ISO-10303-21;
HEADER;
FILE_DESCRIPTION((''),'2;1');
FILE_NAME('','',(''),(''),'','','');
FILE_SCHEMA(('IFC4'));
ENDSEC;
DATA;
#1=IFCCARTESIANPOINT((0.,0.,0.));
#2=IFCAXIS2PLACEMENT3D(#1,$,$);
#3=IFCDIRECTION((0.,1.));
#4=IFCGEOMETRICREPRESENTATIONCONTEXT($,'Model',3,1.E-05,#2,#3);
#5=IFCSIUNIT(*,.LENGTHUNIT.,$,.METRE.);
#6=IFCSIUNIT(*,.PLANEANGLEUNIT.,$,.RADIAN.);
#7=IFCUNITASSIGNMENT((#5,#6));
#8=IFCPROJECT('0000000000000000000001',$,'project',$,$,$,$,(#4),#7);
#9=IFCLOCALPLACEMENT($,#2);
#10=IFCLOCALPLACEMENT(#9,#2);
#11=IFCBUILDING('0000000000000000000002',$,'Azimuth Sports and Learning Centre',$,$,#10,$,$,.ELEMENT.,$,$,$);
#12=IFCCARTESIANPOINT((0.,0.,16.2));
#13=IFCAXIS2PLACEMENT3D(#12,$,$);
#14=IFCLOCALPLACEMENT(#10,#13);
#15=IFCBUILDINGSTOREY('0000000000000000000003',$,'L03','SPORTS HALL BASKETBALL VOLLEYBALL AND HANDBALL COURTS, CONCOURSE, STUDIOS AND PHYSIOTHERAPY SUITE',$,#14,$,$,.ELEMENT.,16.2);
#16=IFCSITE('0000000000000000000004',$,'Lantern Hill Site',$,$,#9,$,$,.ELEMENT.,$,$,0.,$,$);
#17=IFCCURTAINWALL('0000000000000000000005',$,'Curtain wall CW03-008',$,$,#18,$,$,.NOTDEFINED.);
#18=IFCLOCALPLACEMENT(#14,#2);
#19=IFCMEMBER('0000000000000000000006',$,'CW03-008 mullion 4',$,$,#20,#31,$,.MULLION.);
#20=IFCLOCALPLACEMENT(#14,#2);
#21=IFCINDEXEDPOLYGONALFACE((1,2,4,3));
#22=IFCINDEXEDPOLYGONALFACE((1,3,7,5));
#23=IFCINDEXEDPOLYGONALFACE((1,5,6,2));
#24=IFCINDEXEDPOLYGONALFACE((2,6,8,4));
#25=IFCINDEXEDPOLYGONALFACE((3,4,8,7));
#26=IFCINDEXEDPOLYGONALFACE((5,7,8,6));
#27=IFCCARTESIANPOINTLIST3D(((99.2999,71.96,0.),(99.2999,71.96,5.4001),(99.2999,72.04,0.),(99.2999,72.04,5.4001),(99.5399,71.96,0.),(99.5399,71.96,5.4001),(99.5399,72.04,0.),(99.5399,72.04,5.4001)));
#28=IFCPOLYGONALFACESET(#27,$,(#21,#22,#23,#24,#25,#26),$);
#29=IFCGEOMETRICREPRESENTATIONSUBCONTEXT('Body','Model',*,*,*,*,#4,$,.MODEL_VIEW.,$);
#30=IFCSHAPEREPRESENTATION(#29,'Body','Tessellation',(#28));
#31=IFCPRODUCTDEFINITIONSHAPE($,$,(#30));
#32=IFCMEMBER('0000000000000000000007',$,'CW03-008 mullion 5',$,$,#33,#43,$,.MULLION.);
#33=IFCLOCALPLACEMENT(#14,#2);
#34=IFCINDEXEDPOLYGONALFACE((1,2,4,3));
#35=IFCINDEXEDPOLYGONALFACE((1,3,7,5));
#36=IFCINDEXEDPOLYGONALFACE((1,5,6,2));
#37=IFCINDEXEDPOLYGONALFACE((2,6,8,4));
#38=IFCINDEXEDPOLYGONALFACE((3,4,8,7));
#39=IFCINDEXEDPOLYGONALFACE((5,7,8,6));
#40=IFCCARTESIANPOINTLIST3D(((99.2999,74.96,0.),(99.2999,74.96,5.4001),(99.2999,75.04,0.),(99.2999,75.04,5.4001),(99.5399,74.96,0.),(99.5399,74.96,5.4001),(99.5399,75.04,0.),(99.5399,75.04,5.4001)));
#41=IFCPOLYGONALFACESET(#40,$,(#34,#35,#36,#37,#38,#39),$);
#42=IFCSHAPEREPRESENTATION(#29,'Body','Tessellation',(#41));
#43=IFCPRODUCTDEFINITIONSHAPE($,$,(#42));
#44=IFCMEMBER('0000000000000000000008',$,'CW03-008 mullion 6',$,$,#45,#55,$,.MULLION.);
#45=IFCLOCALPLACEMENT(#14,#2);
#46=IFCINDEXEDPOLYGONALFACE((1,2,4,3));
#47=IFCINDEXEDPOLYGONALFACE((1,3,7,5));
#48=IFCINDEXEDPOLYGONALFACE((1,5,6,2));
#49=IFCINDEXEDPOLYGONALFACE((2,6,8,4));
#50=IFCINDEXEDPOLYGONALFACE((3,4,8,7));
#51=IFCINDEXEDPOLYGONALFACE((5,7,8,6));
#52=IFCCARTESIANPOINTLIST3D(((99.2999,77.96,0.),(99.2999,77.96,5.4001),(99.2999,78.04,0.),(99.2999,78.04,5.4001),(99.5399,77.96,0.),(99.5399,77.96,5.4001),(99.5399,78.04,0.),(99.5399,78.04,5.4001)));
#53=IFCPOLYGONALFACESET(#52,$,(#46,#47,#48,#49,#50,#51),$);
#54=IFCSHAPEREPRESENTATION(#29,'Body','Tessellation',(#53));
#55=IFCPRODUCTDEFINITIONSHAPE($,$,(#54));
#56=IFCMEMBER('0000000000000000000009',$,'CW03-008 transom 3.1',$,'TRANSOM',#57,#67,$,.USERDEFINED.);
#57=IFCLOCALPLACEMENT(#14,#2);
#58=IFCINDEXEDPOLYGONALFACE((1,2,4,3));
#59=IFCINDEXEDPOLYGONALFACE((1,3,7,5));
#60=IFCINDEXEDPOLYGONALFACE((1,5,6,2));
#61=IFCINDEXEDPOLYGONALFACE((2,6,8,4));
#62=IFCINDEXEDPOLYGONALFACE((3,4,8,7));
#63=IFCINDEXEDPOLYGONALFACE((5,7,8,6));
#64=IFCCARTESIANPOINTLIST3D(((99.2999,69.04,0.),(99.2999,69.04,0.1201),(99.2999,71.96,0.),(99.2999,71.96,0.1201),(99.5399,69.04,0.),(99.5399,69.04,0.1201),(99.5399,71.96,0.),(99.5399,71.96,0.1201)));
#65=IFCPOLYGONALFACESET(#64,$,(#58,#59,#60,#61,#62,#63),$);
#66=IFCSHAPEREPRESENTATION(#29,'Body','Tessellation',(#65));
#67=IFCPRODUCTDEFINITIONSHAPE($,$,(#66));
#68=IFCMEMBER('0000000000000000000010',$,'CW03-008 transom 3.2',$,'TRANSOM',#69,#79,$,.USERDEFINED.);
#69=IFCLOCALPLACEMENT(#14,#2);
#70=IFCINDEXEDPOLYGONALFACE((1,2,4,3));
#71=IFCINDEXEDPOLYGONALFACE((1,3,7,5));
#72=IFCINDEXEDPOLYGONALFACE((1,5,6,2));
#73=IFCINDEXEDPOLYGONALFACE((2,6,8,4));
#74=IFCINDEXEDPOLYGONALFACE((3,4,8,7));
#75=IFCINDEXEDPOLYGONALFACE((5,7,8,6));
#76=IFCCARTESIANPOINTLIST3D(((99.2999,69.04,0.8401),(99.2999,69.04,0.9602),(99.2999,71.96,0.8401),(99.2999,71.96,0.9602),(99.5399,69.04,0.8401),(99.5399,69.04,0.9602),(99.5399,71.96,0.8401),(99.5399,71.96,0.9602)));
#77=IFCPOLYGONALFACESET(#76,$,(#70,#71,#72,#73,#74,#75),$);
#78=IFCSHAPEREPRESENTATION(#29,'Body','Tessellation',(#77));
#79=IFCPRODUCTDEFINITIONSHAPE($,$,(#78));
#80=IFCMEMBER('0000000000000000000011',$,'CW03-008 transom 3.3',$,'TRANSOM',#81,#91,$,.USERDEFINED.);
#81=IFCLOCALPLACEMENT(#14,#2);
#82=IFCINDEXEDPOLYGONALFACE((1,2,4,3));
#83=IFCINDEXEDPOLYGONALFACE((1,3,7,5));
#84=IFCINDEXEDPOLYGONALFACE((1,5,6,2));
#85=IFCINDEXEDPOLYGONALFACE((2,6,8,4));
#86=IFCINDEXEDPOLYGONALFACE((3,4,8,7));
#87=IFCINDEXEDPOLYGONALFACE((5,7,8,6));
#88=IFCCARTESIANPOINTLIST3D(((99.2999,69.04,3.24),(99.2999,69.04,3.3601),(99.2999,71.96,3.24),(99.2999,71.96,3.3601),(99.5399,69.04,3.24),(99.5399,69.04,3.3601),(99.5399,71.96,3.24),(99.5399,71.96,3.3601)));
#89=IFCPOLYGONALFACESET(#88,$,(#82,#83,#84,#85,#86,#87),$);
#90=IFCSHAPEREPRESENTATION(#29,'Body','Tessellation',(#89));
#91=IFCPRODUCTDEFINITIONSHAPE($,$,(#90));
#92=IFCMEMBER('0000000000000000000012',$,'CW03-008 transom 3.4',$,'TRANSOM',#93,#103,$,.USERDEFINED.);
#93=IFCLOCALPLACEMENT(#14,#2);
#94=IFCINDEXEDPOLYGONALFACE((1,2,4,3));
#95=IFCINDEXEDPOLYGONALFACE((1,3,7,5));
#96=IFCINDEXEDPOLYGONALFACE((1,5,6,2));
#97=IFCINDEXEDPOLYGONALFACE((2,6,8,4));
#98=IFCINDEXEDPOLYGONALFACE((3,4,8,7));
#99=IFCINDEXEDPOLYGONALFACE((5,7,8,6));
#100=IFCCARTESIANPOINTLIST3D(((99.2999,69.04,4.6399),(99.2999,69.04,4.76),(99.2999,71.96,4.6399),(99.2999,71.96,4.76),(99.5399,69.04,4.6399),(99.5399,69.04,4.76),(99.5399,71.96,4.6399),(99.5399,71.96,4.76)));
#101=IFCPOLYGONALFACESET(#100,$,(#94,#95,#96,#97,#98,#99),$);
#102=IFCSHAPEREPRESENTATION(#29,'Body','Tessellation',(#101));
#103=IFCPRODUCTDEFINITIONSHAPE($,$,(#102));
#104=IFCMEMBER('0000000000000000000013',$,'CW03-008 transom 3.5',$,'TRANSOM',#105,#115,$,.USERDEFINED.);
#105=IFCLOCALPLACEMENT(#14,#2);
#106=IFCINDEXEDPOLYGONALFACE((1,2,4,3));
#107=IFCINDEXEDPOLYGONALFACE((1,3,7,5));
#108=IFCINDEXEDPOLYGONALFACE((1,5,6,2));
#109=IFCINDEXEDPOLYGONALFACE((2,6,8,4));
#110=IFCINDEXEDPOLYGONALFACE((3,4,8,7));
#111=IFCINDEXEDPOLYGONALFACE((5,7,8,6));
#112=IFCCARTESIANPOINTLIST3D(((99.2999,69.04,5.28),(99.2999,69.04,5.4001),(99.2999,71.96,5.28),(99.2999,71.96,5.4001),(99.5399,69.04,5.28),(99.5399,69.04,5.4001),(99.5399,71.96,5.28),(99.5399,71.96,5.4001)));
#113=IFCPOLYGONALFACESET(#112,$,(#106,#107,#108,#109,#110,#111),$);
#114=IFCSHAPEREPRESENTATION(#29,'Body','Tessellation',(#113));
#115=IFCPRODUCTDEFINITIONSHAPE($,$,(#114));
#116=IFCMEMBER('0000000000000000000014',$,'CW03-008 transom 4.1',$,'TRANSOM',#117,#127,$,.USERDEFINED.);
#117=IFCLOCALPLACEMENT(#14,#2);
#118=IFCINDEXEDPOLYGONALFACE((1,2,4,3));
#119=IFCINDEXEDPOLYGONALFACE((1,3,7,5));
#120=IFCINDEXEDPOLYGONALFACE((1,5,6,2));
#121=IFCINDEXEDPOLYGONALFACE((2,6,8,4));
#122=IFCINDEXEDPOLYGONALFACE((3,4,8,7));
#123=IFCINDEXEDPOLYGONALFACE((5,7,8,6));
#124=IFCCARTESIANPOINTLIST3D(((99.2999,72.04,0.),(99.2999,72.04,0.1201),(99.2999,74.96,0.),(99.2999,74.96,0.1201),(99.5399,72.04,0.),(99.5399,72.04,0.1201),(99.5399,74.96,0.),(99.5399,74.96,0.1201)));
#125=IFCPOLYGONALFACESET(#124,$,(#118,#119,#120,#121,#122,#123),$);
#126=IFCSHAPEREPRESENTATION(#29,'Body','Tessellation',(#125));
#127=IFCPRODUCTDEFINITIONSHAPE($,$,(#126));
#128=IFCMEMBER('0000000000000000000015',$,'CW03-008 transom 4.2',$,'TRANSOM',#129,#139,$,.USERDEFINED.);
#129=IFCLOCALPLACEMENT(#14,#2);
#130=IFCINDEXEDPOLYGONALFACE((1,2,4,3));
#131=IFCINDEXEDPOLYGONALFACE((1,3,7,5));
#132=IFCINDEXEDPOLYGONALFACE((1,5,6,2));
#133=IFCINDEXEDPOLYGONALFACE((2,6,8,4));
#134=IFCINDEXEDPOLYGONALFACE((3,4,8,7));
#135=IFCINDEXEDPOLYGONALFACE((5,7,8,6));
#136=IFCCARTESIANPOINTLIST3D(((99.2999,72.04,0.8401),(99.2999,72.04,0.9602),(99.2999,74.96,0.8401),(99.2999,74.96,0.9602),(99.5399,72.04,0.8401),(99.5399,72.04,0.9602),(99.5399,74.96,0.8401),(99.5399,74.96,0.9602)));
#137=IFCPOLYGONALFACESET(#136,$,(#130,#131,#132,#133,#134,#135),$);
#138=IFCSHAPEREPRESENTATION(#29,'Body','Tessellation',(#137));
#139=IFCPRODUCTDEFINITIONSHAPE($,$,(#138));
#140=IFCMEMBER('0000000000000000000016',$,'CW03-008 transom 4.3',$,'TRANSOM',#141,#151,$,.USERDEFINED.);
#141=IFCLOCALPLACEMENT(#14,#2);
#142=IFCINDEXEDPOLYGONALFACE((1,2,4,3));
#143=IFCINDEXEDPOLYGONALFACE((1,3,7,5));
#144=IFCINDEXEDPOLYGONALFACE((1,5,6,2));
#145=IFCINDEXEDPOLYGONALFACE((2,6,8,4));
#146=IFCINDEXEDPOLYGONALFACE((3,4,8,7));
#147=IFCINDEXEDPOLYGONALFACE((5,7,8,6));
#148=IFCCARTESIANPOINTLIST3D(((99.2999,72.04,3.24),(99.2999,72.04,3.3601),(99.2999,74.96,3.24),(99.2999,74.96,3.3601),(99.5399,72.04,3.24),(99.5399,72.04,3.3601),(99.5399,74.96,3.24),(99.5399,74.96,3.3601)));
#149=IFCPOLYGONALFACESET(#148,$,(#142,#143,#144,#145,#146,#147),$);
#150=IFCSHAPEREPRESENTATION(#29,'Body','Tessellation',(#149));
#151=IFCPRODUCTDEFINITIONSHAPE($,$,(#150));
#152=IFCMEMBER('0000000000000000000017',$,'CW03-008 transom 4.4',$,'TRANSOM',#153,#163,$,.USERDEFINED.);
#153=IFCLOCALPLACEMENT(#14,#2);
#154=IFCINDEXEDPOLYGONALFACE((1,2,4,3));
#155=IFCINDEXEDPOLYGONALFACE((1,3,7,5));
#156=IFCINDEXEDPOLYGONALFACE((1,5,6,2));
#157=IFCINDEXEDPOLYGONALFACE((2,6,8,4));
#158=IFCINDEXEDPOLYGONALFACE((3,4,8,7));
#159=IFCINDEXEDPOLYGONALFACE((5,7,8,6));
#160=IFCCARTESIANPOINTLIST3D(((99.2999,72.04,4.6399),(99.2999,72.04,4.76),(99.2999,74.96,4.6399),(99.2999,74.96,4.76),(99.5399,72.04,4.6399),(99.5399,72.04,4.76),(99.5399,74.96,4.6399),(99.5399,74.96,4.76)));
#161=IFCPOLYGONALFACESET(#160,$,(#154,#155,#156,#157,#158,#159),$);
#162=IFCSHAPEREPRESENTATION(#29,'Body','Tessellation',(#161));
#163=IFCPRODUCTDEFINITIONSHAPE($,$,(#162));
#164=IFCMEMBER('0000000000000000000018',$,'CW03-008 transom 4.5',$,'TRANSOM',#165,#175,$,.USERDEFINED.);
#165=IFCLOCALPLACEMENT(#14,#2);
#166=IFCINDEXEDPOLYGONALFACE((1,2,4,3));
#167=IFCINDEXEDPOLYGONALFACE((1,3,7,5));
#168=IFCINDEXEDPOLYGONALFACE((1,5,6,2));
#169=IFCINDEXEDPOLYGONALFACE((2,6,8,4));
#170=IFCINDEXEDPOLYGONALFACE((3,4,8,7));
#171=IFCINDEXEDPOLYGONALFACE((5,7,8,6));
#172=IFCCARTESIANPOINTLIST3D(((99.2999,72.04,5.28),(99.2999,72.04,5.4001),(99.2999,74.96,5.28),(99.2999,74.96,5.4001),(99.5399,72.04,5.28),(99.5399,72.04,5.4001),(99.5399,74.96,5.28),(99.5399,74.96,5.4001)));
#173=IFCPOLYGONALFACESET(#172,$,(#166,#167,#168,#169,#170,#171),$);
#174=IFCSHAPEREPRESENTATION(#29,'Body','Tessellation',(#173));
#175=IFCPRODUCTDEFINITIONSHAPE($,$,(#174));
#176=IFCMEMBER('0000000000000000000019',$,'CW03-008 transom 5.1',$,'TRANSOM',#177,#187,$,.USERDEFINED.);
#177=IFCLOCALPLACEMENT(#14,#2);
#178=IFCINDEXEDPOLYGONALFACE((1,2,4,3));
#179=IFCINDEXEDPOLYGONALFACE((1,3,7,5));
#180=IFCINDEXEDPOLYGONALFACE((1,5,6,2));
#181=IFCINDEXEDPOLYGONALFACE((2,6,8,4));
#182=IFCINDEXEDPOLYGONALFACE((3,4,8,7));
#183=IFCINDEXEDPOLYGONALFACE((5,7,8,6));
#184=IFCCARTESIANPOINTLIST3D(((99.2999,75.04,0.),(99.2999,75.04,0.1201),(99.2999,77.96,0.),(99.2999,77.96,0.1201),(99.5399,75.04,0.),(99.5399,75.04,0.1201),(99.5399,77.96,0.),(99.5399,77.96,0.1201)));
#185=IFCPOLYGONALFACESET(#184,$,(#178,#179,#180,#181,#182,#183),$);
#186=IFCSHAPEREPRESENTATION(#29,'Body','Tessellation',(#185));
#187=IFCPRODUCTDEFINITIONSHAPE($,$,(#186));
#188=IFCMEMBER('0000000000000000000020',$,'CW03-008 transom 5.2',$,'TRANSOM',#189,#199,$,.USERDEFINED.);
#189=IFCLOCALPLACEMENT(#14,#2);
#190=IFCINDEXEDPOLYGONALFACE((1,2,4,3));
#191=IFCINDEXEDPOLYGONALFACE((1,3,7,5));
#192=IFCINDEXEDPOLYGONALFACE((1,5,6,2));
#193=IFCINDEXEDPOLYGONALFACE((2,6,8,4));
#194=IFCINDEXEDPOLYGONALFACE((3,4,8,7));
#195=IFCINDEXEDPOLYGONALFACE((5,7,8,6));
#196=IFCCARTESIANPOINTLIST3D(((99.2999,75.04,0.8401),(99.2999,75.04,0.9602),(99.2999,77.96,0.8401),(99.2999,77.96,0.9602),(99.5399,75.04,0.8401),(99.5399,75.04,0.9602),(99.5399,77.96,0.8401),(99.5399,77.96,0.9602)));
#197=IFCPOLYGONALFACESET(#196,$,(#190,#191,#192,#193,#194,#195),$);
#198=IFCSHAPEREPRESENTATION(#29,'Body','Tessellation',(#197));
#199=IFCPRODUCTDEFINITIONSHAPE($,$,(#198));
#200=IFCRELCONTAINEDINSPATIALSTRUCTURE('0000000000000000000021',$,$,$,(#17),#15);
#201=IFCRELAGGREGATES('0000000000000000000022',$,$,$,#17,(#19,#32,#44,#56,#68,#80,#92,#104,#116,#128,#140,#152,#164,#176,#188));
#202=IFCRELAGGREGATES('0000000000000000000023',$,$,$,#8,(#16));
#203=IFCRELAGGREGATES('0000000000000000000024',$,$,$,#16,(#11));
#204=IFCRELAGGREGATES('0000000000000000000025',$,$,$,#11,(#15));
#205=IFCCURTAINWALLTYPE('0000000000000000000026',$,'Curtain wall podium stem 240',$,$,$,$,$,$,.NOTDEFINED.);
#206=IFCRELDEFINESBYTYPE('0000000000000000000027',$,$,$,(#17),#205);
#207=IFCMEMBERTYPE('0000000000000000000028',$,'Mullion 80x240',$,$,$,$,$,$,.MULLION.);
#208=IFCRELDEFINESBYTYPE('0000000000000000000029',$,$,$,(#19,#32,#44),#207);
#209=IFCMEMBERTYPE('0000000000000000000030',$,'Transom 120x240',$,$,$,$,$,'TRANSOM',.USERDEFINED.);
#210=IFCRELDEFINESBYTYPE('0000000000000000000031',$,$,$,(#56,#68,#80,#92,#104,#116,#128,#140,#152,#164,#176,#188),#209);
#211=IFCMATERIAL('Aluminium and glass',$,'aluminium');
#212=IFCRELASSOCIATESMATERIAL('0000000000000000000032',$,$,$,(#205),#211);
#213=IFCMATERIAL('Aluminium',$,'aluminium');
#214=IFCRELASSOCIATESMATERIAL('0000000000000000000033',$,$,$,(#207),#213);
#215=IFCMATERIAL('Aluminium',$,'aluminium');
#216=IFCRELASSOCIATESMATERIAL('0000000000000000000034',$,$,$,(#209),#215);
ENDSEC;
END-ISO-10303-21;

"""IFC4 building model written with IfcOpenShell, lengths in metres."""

from ifc_helpers import new_model, si_unit, direction, frame, origin, origin_2d, place, context, subcontext, project, spatial, rectangle, extrude, material, material_profile, profile_set, type_object, element, aggregate, save


model = new_model("IFC4")

# Units and contexts
model_context = context("Model", 3, precision=1e-05, world=origin(), true_north=direction((0.0, 1.0)))
body_context = subcontext(model_context, "Body", "Model", "MODEL_VIEW")
ifc_project = project(units=[si_unit("LENGTHUNIT", "METRE"), si_unit("PLANEANGLEUNIT", "RADIAN")], contexts=[model_context])

# Site, building, storey
site_placement = place(None, origin())
site = spatial("IfcSite", under=ifc_project, at=site_placement, Name="Lantern Hill Site", CompositionType="ELEMENT", RefElevation=0.0)
building_placement = place(site_placement, origin())
building = spatial("IfcBuilding", under=site, at=building_placement, Name="Azimuth Sports and Learning Centre", CompositionType="ELEMENT")
storey_placement = place(building_placement, frame((0.0, 0.0, 16.2)))
storey = spatial("IfcBuildingStorey", under=building, at=storey_placement, Name="L03", Description="SPORTS HALL BASKETBALL VOLLEYBALL AND HANDBALL COURTS, CONCOURSE, STUDIOS AND PHYSIOTHERAPY SUITE", CompositionType="ELEMENT", Elevation=16.2)

# Curtain wall, members
ifc_material_1 = material(Name="Aluminium and glass", Category="aluminium")
curtain_wall_type = type_object("IfcCurtainWallType", Name="Curtain wall podium stem 240", PredefinedType="NOTDEFINED", material=ifc_material_1)
curtain_wall_placement = place(storey_placement, origin())
curtain_wall = element("IfcCurtainWall", 1, at=curtain_wall_placement, inside=storey, type_object=curtain_wall_type, Name="Curtain wall CW03-008", PredefinedType="NOTDEFINED")
ifc_material_2 = material(Name="Aluminium", Category="aluminium")
ifc_material_profile_1 = material_profile(ifc_material_2, rectangle(XDim=0.24, YDim=0.0801, at=origin_2d()), Name="Mullion 80x240")
ifc_profile_set_1 = profile_set([ifc_material_profile_1], Name="Aluminium")
member_type_1 = type_object("IfcMemberType", Name="Mullion 80x240", PredefinedType="MULLION", material=ifc_profile_set_1)
member_1_placement = place(storey_placement, frame((99.4199, 72.0, 0.0), z_axis=(0.0, 0.0, 1.0), x_axis=(-1.0, 0.0, 0.0)))
member_1 = element("IfcMember", 2, at=member_1_placement, type_object=member_type_1, Name="CW03-008 mullion 4", PredefinedType="MULLION", context=body_context, shape_type="SweptSolid", body=[
    extrude(rectangle(XDim=0.24, YDim=0.0801, at=origin_2d()), origin(), (0.0, 0.0, 1.0), 5.4001),
])
member_2_placement = place(storey_placement, frame((99.4199, 75.0, 0.0), z_axis=(0.0, 0.0, 1.0), x_axis=(-1.0, 0.0, 0.0)))
member_2 = element("IfcMember", 3, at=member_2_placement, type_object=member_type_1, Name="CW03-008 mullion 5", PredefinedType="MULLION", context=body_context, shape_type="SweptSolid", body=[
    extrude(rectangle(XDim=0.24, YDim=0.0801, at=origin_2d()), origin(), (0.0, 0.0, 1.0), 5.4001),
])
member_3_placement = place(storey_placement, frame((99.4199, 78.0, 0.0), z_axis=(0.0, 0.0, 1.0), x_axis=(-1.0, 0.0, 0.0)))
member_3 = element("IfcMember", 4, at=member_3_placement, type_object=member_type_1, Name="CW03-008 mullion 6", PredefinedType="MULLION", context=body_context, shape_type="SweptSolid", body=[
    extrude(rectangle(XDim=0.24, YDim=0.0801, at=origin_2d()), origin(), (0.0, 0.0, 1.0), 5.4001),
])
ifc_material_3 = material(Name="Aluminium", Category="aluminium")
ifc_material_profile_2 = material_profile(ifc_material_3, rectangle(XDim=0.24, YDim=0.1201, at=origin_2d()), Name="Transom 120x240")
ifc_profile_set_2 = profile_set([ifc_material_profile_2], Name="Aluminium")
member_type_2 = type_object("IfcMemberType", Name="Transom 120x240", ElementType="TRANSOM", PredefinedType="USERDEFINED", material=ifc_profile_set_2)
member_4_placement = place(storey_placement, frame((99.4199, 69.04, 0.0601), z_axis=(0.0, 1.0, 0.0), x_axis=(-1.0, 0.0, 0.0)))
member_4 = element("IfcMember", 5, at=member_4_placement, type_object=member_type_2, Name="CW03-008 transom 3.1", ObjectType="TRANSOM", PredefinedType="USERDEFINED", context=body_context, shape_type="SweptSolid", body=[
    extrude(rectangle(XDim=0.24, YDim=0.1201, at=origin_2d()), origin(), (0.0, 0.0, 1.0), 2.9199),
])
member_5_placement = place(storey_placement, frame((99.4199, 69.04, 0.9001), z_axis=(0.0, 1.0, 0.0), x_axis=(-1.0, 0.0, 0.0)))
member_5 = element("IfcMember", 6, at=member_5_placement, type_object=member_type_2, Name="CW03-008 transom 3.2", ObjectType="TRANSOM", PredefinedType="USERDEFINED", context=body_context, shape_type="SweptSolid", body=[
    extrude(rectangle(XDim=0.24, YDim=0.1201, at=origin_2d()), origin(), (0.0, 0.0, 1.0), 2.9199),
])
member_6_placement = place(storey_placement, frame((99.4199, 69.04, 3.3), z_axis=(0.0, 1.0, 0.0), x_axis=(-1.0, 0.0, 0.0)))
member_6 = element("IfcMember", 7, at=member_6_placement, type_object=member_type_2, Name="CW03-008 transom 3.3", ObjectType="TRANSOM", PredefinedType="USERDEFINED", context=body_context, shape_type="SweptSolid", body=[
    extrude(rectangle(XDim=0.24, YDim=0.1201, at=origin_2d()), origin(), (0.0, 0.0, 1.0), 2.9199),
])
member_7_placement = place(storey_placement, frame((99.4199, 69.04, 4.7), z_axis=(0.0, 1.0, 0.0), x_axis=(-1.0, 0.0, 0.0)))
member_7 = element("IfcMember", 8, at=member_7_placement, type_object=member_type_2, Name="CW03-008 transom 3.4", ObjectType="TRANSOM", PredefinedType="USERDEFINED", context=body_context, shape_type="SweptSolid", body=[
    extrude(rectangle(XDim=0.24, YDim=0.1201, at=origin_2d()), origin(), (0.0, 0.0, 1.0), 2.9199),
])
member_8_placement = place(storey_placement, frame((99.4199, 69.04, 5.3401), z_axis=(0.0, 1.0, 0.0), x_axis=(-1.0, 0.0, 0.0)))
member_8 = element("IfcMember", 9, at=member_8_placement, type_object=member_type_2, Name="CW03-008 transom 3.5", ObjectType="TRANSOM", PredefinedType="USERDEFINED", context=body_context, shape_type="SweptSolid", body=[
    extrude(rectangle(XDim=0.24, YDim=0.1201, at=origin_2d()), origin(), (0.0, 0.0, 1.0), 2.9199),
])
member_9_placement = place(storey_placement, frame((99.4199, 72.04, 0.0601), z_axis=(0.0, 1.0, 0.0), x_axis=(-1.0, 0.0, 0.0)))
member_9 = element("IfcMember", 10, at=member_9_placement, type_object=member_type_2, Name="CW03-008 transom 4.1", ObjectType="TRANSOM", PredefinedType="USERDEFINED", context=body_context, shape_type="SweptSolid", body=[
    extrude(rectangle(XDim=0.24, YDim=0.1201, at=origin_2d()), origin(), (0.0, 0.0, 1.0), 2.9199),
])
member_10_placement = place(storey_placement, frame((99.4199, 72.04, 0.9001), z_axis=(0.0, 1.0, 0.0), x_axis=(-1.0, 0.0, 0.0)))
member_10 = element("IfcMember", 11, at=member_10_placement, type_object=member_type_2, Name="CW03-008 transom 4.2", ObjectType="TRANSOM", PredefinedType="USERDEFINED", context=body_context, shape_type="SweptSolid", body=[
    extrude(rectangle(XDim=0.24, YDim=0.1201, at=origin_2d()), origin(), (0.0, 0.0, 1.0), 2.9199),
])
member_11_placement = place(storey_placement, frame((99.4199, 72.04, 3.3), z_axis=(0.0, 1.0, 0.0), x_axis=(-1.0, 0.0, 0.0)))
member_11 = element("IfcMember", 12, at=member_11_placement, type_object=member_type_2, Name="CW03-008 transom 4.3", ObjectType="TRANSOM", PredefinedType="USERDEFINED", context=body_context, shape_type="SweptSolid", body=[
    extrude(rectangle(XDim=0.24, YDim=0.1201, at=origin_2d()), origin(), (0.0, 0.0, 1.0), 2.9199),
])
member_12_placement = place(storey_placement, frame((99.4199, 72.04, 4.7), z_axis=(0.0, 1.0, 0.0), x_axis=(-1.0, 0.0, 0.0)))
member_12 = element("IfcMember", 13, at=member_12_placement, type_object=member_type_2, Name="CW03-008 transom 4.4", ObjectType="TRANSOM", PredefinedType="USERDEFINED", context=body_context, shape_type="SweptSolid", body=[
    extrude(rectangle(XDim=0.24, YDim=0.1201, at=origin_2d()), origin(), (0.0, 0.0, 1.0), 2.9199),
])
member_13_placement = place(storey_placement, frame((99.4199, 72.04, 5.3401), z_axis=(0.0, 1.0, 0.0), x_axis=(-1.0, 0.0, 0.0)))
member_13 = element("IfcMember", 14, at=member_13_placement, type_object=member_type_2, Name="CW03-008 transom 4.5", ObjectType="TRANSOM", PredefinedType="USERDEFINED", context=body_context, shape_type="SweptSolid", body=[
    extrude(rectangle(XDim=0.24, YDim=0.1201, at=origin_2d()), origin(), (0.0, 0.0, 1.0), 2.9199),
])
member_14_placement = place(storey_placement, frame((99.4199, 75.04, 0.0601), z_axis=(0.0, 1.0, 0.0), x_axis=(-1.0, 0.0, 0.0)))
member_14 = element("IfcMember", 15, at=member_14_placement, type_object=member_type_2, Name="CW03-008 transom 5.1", ObjectType="TRANSOM", PredefinedType="USERDEFINED", context=body_context, shape_type="SweptSolid", body=[
    extrude(rectangle(XDim=0.24, YDim=0.1201, at=origin_2d()), origin(), (0.0, 0.0, 1.0), 2.9199),
])
member_15_placement = place(storey_placement, frame((99.4199, 75.04, 0.9001), z_axis=(0.0, 1.0, 0.0), x_axis=(-1.0, 0.0, 0.0)))
member_15 = element("IfcMember", 16, at=member_15_placement, type_object=member_type_2, Name="CW03-008 transom 5.2", ObjectType="TRANSOM", PredefinedType="USERDEFINED", context=body_context, shape_type="SweptSolid", body=[
    extrude(rectangle(XDim=0.24, YDim=0.1201, at=origin_2d()), origin(), (0.0, 0.0, 1.0), 2.9199),
])
aggregate(curtain_wall, [member_1, member_2, member_3, member_4, member_5, member_6, member_7, member_8, member_9, member_10, member_11, member_12, member_13, member_14, member_15])

save(model, "model.ifc")
